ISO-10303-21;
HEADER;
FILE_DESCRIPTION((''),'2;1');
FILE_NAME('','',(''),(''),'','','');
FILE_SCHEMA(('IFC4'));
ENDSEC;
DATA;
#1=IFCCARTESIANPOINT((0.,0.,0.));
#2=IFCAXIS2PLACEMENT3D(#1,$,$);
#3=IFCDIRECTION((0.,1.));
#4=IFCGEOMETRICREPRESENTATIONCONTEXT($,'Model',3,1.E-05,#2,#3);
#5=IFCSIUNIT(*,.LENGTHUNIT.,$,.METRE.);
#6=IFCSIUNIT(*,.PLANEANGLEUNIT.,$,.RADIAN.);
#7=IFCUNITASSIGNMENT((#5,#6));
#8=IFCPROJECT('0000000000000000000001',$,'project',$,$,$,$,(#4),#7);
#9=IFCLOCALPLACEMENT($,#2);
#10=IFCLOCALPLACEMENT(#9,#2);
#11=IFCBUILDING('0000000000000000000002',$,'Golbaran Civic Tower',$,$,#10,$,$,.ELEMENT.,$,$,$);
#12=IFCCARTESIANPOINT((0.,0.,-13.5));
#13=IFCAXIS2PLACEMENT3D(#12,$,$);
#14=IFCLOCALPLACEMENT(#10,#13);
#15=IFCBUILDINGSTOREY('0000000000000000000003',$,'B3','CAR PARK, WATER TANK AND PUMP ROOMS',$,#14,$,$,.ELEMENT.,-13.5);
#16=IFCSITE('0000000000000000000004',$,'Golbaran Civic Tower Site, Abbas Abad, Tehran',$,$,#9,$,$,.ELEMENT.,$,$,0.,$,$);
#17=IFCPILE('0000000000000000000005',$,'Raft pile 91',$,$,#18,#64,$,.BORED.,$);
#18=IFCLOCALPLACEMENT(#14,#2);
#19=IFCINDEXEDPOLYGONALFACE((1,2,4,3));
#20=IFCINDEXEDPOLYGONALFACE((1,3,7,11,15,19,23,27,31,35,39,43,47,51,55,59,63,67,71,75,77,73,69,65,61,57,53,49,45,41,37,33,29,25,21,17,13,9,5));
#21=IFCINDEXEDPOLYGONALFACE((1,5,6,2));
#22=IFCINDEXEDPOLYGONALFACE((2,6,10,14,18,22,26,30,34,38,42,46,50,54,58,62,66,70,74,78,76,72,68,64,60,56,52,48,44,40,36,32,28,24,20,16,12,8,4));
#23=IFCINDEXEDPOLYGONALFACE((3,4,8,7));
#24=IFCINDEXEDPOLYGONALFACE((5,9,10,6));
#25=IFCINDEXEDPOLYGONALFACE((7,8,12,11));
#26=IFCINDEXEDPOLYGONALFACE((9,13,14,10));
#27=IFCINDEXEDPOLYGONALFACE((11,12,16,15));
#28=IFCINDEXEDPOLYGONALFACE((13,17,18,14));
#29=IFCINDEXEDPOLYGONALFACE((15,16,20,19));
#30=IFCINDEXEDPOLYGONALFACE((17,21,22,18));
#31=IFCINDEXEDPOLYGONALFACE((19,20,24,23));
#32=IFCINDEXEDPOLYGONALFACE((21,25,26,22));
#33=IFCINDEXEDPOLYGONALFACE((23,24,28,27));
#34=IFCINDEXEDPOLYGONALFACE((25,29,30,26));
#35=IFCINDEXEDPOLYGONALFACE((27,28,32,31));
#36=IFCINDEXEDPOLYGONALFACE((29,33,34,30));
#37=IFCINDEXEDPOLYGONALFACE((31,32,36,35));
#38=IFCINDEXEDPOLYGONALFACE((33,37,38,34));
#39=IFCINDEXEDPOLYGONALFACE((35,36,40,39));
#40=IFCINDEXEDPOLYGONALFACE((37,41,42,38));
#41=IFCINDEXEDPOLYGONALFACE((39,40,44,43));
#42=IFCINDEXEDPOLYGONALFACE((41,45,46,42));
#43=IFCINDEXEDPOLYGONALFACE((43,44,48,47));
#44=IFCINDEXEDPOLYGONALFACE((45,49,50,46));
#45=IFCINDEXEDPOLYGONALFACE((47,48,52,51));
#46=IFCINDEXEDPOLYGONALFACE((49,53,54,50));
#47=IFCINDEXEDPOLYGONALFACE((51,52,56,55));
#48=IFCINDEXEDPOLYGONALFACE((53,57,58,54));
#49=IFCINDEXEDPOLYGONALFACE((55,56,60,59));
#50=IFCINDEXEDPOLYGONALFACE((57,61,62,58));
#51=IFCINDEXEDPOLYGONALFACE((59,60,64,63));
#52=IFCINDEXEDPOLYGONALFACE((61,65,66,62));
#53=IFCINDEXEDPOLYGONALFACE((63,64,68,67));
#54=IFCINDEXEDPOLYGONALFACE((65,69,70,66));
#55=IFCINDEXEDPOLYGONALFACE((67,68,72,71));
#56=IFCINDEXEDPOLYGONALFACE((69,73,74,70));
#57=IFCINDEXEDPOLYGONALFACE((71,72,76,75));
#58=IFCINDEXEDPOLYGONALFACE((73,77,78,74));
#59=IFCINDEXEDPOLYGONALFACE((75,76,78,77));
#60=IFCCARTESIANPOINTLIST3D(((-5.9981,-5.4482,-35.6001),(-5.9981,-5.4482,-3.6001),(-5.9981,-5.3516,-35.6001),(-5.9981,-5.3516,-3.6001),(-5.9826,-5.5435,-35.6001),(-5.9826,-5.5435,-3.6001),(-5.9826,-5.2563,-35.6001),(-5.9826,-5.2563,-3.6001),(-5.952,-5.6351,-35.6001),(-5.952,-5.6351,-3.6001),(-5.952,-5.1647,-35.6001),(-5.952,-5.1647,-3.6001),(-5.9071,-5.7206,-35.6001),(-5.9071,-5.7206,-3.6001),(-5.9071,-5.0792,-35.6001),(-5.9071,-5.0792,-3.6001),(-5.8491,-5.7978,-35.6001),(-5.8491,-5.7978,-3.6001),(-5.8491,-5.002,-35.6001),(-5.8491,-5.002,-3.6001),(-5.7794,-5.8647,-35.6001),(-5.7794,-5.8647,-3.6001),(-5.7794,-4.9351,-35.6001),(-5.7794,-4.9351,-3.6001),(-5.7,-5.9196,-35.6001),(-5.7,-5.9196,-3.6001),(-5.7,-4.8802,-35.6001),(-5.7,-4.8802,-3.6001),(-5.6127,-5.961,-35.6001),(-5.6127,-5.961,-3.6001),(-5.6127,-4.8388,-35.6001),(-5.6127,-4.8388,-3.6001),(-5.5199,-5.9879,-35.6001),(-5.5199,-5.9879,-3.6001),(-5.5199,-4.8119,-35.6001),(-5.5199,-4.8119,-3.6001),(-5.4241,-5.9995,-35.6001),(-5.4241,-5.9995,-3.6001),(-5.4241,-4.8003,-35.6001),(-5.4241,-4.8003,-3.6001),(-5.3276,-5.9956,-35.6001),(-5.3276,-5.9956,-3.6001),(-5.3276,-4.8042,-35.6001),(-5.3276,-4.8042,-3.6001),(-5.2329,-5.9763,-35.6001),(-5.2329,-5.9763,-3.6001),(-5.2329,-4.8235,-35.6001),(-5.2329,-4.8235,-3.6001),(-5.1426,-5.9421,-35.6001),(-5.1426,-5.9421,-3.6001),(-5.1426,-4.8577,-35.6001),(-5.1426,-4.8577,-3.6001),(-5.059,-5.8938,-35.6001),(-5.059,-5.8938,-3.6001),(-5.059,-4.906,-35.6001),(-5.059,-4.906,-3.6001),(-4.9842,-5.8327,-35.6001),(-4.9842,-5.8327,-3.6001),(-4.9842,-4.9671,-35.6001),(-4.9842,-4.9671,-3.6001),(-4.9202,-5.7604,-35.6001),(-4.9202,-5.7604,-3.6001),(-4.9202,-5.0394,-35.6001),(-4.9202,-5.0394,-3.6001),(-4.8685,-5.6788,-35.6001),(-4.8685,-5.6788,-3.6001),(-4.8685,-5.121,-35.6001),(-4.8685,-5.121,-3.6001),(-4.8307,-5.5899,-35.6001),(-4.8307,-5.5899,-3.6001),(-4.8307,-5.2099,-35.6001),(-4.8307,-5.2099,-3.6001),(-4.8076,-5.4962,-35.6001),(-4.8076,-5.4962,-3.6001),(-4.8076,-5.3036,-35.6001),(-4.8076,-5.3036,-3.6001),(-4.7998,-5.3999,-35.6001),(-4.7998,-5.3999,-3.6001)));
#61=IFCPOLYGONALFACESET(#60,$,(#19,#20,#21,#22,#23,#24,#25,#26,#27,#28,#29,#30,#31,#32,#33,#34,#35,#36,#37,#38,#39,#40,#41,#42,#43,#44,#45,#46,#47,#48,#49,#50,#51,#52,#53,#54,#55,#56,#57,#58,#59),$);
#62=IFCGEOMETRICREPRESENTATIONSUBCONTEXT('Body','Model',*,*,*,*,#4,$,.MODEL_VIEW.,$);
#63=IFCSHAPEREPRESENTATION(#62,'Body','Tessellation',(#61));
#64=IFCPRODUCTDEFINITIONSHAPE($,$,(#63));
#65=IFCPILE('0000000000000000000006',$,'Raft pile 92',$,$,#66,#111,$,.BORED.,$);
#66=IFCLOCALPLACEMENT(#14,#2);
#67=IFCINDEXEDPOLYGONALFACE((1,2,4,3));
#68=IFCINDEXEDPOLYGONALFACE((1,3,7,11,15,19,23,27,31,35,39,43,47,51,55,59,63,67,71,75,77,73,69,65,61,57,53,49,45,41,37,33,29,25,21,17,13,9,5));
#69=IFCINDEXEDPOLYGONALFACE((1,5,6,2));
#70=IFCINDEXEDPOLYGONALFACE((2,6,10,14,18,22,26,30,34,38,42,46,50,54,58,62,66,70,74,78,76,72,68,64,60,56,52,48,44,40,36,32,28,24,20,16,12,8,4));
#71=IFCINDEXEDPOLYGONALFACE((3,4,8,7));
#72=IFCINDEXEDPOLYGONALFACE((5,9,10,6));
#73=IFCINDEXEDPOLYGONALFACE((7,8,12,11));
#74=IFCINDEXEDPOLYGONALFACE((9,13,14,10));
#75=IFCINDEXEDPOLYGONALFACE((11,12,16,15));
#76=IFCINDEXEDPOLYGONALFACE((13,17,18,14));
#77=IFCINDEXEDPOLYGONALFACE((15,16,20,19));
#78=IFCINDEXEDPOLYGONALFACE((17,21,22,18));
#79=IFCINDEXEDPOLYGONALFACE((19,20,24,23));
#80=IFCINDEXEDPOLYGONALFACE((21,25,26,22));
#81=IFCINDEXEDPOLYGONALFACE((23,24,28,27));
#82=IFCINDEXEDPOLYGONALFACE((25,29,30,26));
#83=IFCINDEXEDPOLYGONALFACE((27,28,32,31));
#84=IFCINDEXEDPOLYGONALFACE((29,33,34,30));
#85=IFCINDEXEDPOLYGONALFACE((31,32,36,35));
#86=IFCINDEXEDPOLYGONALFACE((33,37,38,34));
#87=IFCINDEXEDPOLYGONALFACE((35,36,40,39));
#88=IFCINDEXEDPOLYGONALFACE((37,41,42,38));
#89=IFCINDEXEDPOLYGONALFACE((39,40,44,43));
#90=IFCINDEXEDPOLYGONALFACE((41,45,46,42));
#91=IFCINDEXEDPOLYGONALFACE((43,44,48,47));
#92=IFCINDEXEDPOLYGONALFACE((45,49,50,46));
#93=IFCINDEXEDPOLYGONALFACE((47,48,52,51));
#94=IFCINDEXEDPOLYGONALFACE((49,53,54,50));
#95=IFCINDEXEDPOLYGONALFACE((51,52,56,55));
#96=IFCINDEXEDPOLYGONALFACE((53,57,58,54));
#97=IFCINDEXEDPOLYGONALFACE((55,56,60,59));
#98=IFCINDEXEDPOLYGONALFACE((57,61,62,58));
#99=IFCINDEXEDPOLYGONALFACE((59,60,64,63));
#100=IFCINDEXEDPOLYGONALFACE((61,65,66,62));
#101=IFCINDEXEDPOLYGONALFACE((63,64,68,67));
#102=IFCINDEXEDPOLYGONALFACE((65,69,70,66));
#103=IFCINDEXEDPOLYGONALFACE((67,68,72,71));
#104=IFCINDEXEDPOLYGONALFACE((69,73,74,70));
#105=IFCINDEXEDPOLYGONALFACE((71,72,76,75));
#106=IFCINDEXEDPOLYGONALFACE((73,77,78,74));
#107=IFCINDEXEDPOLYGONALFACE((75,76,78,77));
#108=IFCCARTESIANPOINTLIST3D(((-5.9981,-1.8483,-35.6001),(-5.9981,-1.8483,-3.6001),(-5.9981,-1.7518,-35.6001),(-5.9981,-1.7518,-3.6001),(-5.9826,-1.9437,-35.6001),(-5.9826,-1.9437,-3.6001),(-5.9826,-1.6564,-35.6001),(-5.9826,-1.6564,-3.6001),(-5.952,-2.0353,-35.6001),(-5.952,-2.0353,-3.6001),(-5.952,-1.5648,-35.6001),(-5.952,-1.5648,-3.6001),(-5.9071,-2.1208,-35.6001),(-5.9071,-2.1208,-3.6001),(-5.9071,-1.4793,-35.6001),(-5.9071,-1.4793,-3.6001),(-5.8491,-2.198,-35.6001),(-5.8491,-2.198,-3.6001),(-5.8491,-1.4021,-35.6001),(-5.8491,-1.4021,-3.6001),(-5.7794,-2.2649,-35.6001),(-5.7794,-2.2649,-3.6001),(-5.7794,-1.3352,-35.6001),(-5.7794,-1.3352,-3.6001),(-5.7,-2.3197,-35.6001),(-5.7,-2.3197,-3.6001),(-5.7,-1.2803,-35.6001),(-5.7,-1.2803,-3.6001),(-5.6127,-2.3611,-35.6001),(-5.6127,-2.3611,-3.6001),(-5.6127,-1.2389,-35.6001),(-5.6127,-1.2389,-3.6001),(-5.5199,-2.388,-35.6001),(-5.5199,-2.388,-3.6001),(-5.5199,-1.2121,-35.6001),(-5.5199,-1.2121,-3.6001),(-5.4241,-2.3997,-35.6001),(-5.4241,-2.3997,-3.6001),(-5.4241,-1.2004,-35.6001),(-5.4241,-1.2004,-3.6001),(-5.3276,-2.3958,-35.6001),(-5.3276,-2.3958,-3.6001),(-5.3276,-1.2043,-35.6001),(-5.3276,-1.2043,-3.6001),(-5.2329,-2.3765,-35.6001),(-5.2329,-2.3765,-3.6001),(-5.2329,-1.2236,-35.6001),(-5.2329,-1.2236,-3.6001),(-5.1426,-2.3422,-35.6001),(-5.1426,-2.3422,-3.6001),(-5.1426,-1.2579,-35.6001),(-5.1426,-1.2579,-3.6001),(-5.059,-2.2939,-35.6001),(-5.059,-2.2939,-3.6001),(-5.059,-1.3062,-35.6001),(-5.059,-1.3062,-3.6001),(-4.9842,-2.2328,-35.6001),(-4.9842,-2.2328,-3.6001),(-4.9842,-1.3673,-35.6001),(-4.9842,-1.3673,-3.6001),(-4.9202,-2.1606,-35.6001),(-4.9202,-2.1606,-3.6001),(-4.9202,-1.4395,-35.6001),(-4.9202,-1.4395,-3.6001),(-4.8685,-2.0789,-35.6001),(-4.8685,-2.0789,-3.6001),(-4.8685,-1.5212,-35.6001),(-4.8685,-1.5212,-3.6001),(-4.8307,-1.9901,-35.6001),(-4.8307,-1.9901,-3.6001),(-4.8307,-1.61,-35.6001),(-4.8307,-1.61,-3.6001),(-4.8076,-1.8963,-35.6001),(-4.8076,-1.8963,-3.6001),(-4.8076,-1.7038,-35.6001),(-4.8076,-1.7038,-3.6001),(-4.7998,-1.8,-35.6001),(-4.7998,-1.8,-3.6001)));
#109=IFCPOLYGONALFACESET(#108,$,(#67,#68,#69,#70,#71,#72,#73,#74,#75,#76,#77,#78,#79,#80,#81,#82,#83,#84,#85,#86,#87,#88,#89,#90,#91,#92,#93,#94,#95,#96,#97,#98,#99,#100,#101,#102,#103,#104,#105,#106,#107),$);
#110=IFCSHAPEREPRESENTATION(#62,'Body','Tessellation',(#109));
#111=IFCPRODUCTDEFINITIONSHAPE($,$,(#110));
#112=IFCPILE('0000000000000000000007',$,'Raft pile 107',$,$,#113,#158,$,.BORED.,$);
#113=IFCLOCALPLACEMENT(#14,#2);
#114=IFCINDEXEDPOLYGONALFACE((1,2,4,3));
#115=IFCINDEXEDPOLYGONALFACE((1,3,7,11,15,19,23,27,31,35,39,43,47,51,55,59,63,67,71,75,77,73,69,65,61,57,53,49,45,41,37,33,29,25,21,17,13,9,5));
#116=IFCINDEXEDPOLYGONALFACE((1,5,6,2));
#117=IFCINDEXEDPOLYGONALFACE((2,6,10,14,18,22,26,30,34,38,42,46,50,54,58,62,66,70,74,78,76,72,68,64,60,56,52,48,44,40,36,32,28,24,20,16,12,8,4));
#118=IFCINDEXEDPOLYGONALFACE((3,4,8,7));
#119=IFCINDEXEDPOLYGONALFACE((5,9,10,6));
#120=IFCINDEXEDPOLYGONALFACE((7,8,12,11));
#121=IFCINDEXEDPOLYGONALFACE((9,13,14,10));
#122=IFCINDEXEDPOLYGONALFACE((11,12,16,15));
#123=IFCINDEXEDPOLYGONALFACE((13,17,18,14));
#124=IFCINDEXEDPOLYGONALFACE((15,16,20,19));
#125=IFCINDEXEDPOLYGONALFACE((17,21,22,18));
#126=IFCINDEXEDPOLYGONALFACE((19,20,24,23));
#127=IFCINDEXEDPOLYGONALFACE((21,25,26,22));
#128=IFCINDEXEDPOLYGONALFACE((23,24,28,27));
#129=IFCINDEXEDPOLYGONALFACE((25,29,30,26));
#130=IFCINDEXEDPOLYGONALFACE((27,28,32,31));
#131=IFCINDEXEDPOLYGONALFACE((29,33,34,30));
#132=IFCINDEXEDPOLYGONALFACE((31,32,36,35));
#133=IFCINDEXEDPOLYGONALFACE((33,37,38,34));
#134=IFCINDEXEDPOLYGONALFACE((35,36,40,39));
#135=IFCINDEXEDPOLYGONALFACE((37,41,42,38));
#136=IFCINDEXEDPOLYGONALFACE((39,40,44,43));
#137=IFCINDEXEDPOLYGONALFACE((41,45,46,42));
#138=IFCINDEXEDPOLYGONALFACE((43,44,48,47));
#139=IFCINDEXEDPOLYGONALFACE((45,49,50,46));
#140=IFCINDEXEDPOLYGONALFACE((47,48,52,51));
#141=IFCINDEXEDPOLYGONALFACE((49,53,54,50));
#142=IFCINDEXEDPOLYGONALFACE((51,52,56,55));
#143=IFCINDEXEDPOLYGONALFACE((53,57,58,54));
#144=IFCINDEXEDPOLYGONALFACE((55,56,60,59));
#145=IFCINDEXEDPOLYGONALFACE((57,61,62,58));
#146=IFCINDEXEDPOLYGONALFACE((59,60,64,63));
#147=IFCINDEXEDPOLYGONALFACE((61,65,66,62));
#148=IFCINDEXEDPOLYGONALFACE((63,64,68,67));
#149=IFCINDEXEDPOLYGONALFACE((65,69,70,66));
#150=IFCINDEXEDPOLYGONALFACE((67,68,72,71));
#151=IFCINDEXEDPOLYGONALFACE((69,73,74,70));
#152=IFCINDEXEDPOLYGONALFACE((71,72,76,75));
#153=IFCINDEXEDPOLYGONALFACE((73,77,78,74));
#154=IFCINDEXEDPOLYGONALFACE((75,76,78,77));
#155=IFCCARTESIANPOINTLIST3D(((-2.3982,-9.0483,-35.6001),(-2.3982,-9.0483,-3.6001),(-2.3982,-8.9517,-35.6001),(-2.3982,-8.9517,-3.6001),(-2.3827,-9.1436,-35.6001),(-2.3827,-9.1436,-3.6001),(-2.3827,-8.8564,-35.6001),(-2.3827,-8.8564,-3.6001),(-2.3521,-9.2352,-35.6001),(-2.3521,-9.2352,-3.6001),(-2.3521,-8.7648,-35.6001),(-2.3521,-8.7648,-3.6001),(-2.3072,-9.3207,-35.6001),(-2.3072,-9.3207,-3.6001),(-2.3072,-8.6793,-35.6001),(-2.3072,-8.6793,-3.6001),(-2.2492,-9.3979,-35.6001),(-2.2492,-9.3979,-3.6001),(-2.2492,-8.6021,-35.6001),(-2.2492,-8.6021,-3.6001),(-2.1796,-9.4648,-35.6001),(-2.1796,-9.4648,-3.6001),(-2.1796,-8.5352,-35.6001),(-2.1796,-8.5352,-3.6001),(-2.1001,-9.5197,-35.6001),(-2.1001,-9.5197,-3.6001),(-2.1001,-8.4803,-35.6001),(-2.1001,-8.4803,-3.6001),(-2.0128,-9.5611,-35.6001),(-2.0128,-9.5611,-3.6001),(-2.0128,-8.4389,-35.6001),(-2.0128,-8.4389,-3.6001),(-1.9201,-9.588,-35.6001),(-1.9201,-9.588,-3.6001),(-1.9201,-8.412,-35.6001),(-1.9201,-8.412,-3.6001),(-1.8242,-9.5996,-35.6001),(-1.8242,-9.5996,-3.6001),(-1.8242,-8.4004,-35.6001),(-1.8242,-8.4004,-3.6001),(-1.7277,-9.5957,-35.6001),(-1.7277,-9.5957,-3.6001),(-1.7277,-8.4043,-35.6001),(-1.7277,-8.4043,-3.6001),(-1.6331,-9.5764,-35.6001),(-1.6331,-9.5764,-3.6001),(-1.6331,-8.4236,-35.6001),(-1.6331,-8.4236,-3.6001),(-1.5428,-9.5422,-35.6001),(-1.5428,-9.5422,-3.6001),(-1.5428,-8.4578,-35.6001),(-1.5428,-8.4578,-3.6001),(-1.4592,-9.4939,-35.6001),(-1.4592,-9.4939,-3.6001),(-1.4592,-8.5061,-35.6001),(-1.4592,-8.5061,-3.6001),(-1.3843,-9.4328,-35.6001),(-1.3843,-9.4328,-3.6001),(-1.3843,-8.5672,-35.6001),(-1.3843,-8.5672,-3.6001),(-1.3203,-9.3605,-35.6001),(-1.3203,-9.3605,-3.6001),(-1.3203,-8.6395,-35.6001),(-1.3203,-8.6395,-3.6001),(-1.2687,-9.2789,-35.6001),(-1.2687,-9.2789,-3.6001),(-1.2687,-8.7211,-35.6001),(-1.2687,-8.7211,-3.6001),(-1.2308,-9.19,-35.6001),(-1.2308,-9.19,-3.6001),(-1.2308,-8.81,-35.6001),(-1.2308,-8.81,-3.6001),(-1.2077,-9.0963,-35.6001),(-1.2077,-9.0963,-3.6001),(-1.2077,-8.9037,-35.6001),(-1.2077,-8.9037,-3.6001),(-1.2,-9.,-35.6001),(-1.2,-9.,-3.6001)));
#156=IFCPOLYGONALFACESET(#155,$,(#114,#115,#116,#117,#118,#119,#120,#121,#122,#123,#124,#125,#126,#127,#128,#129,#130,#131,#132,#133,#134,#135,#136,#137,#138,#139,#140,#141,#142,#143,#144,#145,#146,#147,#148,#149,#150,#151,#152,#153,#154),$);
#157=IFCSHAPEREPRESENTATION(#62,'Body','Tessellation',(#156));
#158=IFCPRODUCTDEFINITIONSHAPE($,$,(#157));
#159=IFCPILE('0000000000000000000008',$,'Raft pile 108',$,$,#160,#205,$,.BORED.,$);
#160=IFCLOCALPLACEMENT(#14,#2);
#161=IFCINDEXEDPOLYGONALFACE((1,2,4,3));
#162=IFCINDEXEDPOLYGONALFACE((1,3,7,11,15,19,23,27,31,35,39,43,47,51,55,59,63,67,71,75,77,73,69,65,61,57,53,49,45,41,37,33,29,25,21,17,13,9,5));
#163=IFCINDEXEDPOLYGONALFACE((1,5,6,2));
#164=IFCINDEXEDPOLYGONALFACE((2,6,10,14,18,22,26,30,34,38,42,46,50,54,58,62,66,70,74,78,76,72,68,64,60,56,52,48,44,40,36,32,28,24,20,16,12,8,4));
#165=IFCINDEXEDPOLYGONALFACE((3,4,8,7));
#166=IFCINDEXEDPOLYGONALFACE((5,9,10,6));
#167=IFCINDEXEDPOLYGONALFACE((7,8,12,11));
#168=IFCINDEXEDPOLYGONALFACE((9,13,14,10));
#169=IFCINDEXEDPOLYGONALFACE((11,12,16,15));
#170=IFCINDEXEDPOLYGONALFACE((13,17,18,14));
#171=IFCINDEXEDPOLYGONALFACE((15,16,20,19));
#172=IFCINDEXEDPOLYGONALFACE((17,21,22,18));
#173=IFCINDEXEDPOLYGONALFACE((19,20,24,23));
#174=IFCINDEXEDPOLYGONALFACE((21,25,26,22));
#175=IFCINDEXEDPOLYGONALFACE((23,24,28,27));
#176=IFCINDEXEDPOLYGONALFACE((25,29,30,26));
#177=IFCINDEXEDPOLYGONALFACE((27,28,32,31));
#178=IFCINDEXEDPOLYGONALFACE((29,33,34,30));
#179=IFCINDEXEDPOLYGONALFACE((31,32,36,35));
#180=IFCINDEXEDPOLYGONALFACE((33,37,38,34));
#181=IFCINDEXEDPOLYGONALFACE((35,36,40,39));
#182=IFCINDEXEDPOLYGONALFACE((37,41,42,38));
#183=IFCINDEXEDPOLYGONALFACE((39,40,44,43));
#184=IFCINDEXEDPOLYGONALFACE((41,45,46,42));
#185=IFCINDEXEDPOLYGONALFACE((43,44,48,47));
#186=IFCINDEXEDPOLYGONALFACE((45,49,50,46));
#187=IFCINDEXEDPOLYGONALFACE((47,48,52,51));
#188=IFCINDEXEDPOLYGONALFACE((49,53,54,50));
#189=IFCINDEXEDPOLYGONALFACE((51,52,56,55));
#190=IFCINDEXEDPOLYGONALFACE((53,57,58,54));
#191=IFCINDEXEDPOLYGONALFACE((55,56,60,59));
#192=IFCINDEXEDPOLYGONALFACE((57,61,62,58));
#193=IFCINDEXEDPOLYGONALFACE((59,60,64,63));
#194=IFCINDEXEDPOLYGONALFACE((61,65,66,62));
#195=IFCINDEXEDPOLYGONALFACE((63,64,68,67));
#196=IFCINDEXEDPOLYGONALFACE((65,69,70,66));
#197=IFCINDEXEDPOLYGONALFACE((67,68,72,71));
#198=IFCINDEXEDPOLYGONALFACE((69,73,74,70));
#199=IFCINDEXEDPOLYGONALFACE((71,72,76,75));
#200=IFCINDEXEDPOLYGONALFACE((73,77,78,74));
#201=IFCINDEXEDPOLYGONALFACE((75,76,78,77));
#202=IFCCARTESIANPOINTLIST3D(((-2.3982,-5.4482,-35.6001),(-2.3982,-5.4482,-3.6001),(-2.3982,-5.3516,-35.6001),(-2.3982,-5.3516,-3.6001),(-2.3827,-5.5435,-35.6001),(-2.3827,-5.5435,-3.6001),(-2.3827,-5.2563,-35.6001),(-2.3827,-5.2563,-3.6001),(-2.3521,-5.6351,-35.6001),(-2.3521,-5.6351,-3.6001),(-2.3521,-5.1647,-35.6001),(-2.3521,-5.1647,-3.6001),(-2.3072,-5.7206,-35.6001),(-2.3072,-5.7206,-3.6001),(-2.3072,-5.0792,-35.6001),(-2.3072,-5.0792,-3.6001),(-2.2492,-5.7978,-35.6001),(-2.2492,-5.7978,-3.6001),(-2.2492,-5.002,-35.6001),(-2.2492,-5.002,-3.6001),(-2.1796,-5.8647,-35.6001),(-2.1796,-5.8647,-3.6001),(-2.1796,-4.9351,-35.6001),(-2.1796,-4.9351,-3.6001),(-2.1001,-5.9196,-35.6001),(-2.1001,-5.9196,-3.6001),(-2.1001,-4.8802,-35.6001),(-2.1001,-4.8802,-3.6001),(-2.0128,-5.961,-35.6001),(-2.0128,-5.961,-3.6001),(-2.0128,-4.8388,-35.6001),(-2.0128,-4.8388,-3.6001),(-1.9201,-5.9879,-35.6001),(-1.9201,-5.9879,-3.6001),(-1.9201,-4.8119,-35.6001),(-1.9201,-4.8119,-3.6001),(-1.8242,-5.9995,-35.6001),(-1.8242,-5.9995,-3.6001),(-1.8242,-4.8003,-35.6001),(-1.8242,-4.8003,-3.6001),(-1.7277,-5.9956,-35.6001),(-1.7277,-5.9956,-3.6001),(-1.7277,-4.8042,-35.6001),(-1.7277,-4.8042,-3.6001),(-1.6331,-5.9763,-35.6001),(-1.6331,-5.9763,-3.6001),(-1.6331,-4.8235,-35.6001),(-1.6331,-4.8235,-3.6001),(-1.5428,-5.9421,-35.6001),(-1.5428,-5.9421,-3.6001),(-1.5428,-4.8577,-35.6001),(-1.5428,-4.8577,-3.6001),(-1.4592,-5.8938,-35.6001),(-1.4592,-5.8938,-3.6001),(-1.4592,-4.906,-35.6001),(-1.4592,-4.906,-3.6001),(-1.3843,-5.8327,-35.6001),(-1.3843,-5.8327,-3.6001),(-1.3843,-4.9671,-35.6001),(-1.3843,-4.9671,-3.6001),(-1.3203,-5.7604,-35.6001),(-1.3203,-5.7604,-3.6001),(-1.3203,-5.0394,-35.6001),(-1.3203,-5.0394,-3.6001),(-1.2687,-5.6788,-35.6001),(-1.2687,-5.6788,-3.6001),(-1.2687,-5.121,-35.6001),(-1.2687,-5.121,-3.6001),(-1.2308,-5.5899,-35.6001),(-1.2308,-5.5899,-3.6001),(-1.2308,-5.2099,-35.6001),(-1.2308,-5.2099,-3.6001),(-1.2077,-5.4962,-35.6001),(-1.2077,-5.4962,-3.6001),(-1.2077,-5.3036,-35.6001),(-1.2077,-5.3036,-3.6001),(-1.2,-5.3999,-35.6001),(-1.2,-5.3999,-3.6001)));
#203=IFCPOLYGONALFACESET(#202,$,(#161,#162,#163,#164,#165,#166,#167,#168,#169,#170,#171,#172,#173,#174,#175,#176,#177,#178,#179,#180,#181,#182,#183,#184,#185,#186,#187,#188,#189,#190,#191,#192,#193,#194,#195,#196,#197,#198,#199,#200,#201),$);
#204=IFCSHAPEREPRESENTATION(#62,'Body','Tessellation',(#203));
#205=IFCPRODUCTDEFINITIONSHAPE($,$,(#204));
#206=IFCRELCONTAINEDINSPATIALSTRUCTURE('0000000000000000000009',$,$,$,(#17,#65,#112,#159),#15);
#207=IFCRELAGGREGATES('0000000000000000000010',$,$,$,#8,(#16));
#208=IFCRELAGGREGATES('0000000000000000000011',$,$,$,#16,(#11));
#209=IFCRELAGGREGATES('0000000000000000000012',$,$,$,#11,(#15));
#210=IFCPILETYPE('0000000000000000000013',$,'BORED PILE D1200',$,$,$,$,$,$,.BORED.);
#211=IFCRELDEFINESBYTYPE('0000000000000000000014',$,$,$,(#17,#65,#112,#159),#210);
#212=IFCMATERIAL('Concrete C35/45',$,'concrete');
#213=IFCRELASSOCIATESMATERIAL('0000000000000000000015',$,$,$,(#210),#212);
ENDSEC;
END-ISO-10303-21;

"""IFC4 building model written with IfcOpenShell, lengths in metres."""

from ifc_helpers import new_model, si_unit, direction, frame, origin, origin_2d, place, context, subcontext, project, spatial, circle, extrude, material, material_profile, profile_set, type_object, element, save


model = new_model("IFC4")

# Units and contexts
model_context = context("Model", 3, precision=1e-05, world=origin(), true_north=direction((0.0, 1.0)))
body_context = subcontext(model_context, "Body", "Model", "MODEL_VIEW")
ifc_project = project(units=[si_unit("LENGTHUNIT", "METRE"), si_unit("PLANEANGLEUNIT", "RADIAN")], contexts=[model_context])

# Site, building, storey
site_placement = place(None, origin())
site = spatial("IfcSite", under=ifc_project, at=site_placement, Name="Golbaran Civic Tower Site, Abbas Abad, Tehran", CompositionType="ELEMENT", RefElevation=0.0)
building_placement = place(site_placement, origin())
building = spatial("IfcBuilding", under=site, at=building_placement, Name="Golbaran Civic Tower", CompositionType="ELEMENT")
storey_placement = place(building_placement, frame((0.0, 0.0, -13.5)))
storey = spatial("IfcBuildingStorey", under=building, at=storey_placement, Name="B3", Description="CAR PARK, WATER TANK AND PUMP ROOMS", CompositionType="ELEMENT", Elevation=-13.5)

# Piles
ifc_material_1 = material(Name="Concrete C35/45", Category="concrete")
ifc_material_profile = material_profile(ifc_material_1, circle(Radius=0.6001, at=origin_2d()), Name="BORED PILE D1200")
ifc_profile_set = profile_set([ifc_material_profile], Name="Concrete C35/45")
pile_type = type_object("IfcPileType", Name="BORED PILE D1200", PredefinedType="BORED", material=ifc_profile_set)
for number, where, z_axis, x_axis, name in (
    (1, (-5.3999, -5.3999, -3.6001), (0.0, 0.0, -1.0), (1.0, 0.0, 0.0), "Raft pile 91"),
    (2, (-5.3999, -1.8, -3.6001), (0.0, 0.0, -1.0), (1.0, 0.0, 0.0), "Raft pile 92"),
    (3, (-1.8, -9.0, -3.6001), (0.0, 0.0, -1.0), (1.0, 0.0, 0.0), "Raft pile 107"),
    (4, (-1.8, -5.3999, -3.6001), (0.0, 0.0, -1.0), (1.0, 0.0, 0.0), "Raft pile 108"),
):
    element("IfcPile", number, at=place(storey_placement, frame(where, z_axis=z_axis, x_axis=x_axis)), inside=storey, type_object=pile_type, Name=name, PredefinedType="BORED", context=body_context, shape_type="SweptSolid", body=[
        extrude(circle(Radius=0.6001, at=origin_2d()), origin(), (0.0, 0.0, 1.0), 32.0),
    ])

save(model, "model.ifc")
